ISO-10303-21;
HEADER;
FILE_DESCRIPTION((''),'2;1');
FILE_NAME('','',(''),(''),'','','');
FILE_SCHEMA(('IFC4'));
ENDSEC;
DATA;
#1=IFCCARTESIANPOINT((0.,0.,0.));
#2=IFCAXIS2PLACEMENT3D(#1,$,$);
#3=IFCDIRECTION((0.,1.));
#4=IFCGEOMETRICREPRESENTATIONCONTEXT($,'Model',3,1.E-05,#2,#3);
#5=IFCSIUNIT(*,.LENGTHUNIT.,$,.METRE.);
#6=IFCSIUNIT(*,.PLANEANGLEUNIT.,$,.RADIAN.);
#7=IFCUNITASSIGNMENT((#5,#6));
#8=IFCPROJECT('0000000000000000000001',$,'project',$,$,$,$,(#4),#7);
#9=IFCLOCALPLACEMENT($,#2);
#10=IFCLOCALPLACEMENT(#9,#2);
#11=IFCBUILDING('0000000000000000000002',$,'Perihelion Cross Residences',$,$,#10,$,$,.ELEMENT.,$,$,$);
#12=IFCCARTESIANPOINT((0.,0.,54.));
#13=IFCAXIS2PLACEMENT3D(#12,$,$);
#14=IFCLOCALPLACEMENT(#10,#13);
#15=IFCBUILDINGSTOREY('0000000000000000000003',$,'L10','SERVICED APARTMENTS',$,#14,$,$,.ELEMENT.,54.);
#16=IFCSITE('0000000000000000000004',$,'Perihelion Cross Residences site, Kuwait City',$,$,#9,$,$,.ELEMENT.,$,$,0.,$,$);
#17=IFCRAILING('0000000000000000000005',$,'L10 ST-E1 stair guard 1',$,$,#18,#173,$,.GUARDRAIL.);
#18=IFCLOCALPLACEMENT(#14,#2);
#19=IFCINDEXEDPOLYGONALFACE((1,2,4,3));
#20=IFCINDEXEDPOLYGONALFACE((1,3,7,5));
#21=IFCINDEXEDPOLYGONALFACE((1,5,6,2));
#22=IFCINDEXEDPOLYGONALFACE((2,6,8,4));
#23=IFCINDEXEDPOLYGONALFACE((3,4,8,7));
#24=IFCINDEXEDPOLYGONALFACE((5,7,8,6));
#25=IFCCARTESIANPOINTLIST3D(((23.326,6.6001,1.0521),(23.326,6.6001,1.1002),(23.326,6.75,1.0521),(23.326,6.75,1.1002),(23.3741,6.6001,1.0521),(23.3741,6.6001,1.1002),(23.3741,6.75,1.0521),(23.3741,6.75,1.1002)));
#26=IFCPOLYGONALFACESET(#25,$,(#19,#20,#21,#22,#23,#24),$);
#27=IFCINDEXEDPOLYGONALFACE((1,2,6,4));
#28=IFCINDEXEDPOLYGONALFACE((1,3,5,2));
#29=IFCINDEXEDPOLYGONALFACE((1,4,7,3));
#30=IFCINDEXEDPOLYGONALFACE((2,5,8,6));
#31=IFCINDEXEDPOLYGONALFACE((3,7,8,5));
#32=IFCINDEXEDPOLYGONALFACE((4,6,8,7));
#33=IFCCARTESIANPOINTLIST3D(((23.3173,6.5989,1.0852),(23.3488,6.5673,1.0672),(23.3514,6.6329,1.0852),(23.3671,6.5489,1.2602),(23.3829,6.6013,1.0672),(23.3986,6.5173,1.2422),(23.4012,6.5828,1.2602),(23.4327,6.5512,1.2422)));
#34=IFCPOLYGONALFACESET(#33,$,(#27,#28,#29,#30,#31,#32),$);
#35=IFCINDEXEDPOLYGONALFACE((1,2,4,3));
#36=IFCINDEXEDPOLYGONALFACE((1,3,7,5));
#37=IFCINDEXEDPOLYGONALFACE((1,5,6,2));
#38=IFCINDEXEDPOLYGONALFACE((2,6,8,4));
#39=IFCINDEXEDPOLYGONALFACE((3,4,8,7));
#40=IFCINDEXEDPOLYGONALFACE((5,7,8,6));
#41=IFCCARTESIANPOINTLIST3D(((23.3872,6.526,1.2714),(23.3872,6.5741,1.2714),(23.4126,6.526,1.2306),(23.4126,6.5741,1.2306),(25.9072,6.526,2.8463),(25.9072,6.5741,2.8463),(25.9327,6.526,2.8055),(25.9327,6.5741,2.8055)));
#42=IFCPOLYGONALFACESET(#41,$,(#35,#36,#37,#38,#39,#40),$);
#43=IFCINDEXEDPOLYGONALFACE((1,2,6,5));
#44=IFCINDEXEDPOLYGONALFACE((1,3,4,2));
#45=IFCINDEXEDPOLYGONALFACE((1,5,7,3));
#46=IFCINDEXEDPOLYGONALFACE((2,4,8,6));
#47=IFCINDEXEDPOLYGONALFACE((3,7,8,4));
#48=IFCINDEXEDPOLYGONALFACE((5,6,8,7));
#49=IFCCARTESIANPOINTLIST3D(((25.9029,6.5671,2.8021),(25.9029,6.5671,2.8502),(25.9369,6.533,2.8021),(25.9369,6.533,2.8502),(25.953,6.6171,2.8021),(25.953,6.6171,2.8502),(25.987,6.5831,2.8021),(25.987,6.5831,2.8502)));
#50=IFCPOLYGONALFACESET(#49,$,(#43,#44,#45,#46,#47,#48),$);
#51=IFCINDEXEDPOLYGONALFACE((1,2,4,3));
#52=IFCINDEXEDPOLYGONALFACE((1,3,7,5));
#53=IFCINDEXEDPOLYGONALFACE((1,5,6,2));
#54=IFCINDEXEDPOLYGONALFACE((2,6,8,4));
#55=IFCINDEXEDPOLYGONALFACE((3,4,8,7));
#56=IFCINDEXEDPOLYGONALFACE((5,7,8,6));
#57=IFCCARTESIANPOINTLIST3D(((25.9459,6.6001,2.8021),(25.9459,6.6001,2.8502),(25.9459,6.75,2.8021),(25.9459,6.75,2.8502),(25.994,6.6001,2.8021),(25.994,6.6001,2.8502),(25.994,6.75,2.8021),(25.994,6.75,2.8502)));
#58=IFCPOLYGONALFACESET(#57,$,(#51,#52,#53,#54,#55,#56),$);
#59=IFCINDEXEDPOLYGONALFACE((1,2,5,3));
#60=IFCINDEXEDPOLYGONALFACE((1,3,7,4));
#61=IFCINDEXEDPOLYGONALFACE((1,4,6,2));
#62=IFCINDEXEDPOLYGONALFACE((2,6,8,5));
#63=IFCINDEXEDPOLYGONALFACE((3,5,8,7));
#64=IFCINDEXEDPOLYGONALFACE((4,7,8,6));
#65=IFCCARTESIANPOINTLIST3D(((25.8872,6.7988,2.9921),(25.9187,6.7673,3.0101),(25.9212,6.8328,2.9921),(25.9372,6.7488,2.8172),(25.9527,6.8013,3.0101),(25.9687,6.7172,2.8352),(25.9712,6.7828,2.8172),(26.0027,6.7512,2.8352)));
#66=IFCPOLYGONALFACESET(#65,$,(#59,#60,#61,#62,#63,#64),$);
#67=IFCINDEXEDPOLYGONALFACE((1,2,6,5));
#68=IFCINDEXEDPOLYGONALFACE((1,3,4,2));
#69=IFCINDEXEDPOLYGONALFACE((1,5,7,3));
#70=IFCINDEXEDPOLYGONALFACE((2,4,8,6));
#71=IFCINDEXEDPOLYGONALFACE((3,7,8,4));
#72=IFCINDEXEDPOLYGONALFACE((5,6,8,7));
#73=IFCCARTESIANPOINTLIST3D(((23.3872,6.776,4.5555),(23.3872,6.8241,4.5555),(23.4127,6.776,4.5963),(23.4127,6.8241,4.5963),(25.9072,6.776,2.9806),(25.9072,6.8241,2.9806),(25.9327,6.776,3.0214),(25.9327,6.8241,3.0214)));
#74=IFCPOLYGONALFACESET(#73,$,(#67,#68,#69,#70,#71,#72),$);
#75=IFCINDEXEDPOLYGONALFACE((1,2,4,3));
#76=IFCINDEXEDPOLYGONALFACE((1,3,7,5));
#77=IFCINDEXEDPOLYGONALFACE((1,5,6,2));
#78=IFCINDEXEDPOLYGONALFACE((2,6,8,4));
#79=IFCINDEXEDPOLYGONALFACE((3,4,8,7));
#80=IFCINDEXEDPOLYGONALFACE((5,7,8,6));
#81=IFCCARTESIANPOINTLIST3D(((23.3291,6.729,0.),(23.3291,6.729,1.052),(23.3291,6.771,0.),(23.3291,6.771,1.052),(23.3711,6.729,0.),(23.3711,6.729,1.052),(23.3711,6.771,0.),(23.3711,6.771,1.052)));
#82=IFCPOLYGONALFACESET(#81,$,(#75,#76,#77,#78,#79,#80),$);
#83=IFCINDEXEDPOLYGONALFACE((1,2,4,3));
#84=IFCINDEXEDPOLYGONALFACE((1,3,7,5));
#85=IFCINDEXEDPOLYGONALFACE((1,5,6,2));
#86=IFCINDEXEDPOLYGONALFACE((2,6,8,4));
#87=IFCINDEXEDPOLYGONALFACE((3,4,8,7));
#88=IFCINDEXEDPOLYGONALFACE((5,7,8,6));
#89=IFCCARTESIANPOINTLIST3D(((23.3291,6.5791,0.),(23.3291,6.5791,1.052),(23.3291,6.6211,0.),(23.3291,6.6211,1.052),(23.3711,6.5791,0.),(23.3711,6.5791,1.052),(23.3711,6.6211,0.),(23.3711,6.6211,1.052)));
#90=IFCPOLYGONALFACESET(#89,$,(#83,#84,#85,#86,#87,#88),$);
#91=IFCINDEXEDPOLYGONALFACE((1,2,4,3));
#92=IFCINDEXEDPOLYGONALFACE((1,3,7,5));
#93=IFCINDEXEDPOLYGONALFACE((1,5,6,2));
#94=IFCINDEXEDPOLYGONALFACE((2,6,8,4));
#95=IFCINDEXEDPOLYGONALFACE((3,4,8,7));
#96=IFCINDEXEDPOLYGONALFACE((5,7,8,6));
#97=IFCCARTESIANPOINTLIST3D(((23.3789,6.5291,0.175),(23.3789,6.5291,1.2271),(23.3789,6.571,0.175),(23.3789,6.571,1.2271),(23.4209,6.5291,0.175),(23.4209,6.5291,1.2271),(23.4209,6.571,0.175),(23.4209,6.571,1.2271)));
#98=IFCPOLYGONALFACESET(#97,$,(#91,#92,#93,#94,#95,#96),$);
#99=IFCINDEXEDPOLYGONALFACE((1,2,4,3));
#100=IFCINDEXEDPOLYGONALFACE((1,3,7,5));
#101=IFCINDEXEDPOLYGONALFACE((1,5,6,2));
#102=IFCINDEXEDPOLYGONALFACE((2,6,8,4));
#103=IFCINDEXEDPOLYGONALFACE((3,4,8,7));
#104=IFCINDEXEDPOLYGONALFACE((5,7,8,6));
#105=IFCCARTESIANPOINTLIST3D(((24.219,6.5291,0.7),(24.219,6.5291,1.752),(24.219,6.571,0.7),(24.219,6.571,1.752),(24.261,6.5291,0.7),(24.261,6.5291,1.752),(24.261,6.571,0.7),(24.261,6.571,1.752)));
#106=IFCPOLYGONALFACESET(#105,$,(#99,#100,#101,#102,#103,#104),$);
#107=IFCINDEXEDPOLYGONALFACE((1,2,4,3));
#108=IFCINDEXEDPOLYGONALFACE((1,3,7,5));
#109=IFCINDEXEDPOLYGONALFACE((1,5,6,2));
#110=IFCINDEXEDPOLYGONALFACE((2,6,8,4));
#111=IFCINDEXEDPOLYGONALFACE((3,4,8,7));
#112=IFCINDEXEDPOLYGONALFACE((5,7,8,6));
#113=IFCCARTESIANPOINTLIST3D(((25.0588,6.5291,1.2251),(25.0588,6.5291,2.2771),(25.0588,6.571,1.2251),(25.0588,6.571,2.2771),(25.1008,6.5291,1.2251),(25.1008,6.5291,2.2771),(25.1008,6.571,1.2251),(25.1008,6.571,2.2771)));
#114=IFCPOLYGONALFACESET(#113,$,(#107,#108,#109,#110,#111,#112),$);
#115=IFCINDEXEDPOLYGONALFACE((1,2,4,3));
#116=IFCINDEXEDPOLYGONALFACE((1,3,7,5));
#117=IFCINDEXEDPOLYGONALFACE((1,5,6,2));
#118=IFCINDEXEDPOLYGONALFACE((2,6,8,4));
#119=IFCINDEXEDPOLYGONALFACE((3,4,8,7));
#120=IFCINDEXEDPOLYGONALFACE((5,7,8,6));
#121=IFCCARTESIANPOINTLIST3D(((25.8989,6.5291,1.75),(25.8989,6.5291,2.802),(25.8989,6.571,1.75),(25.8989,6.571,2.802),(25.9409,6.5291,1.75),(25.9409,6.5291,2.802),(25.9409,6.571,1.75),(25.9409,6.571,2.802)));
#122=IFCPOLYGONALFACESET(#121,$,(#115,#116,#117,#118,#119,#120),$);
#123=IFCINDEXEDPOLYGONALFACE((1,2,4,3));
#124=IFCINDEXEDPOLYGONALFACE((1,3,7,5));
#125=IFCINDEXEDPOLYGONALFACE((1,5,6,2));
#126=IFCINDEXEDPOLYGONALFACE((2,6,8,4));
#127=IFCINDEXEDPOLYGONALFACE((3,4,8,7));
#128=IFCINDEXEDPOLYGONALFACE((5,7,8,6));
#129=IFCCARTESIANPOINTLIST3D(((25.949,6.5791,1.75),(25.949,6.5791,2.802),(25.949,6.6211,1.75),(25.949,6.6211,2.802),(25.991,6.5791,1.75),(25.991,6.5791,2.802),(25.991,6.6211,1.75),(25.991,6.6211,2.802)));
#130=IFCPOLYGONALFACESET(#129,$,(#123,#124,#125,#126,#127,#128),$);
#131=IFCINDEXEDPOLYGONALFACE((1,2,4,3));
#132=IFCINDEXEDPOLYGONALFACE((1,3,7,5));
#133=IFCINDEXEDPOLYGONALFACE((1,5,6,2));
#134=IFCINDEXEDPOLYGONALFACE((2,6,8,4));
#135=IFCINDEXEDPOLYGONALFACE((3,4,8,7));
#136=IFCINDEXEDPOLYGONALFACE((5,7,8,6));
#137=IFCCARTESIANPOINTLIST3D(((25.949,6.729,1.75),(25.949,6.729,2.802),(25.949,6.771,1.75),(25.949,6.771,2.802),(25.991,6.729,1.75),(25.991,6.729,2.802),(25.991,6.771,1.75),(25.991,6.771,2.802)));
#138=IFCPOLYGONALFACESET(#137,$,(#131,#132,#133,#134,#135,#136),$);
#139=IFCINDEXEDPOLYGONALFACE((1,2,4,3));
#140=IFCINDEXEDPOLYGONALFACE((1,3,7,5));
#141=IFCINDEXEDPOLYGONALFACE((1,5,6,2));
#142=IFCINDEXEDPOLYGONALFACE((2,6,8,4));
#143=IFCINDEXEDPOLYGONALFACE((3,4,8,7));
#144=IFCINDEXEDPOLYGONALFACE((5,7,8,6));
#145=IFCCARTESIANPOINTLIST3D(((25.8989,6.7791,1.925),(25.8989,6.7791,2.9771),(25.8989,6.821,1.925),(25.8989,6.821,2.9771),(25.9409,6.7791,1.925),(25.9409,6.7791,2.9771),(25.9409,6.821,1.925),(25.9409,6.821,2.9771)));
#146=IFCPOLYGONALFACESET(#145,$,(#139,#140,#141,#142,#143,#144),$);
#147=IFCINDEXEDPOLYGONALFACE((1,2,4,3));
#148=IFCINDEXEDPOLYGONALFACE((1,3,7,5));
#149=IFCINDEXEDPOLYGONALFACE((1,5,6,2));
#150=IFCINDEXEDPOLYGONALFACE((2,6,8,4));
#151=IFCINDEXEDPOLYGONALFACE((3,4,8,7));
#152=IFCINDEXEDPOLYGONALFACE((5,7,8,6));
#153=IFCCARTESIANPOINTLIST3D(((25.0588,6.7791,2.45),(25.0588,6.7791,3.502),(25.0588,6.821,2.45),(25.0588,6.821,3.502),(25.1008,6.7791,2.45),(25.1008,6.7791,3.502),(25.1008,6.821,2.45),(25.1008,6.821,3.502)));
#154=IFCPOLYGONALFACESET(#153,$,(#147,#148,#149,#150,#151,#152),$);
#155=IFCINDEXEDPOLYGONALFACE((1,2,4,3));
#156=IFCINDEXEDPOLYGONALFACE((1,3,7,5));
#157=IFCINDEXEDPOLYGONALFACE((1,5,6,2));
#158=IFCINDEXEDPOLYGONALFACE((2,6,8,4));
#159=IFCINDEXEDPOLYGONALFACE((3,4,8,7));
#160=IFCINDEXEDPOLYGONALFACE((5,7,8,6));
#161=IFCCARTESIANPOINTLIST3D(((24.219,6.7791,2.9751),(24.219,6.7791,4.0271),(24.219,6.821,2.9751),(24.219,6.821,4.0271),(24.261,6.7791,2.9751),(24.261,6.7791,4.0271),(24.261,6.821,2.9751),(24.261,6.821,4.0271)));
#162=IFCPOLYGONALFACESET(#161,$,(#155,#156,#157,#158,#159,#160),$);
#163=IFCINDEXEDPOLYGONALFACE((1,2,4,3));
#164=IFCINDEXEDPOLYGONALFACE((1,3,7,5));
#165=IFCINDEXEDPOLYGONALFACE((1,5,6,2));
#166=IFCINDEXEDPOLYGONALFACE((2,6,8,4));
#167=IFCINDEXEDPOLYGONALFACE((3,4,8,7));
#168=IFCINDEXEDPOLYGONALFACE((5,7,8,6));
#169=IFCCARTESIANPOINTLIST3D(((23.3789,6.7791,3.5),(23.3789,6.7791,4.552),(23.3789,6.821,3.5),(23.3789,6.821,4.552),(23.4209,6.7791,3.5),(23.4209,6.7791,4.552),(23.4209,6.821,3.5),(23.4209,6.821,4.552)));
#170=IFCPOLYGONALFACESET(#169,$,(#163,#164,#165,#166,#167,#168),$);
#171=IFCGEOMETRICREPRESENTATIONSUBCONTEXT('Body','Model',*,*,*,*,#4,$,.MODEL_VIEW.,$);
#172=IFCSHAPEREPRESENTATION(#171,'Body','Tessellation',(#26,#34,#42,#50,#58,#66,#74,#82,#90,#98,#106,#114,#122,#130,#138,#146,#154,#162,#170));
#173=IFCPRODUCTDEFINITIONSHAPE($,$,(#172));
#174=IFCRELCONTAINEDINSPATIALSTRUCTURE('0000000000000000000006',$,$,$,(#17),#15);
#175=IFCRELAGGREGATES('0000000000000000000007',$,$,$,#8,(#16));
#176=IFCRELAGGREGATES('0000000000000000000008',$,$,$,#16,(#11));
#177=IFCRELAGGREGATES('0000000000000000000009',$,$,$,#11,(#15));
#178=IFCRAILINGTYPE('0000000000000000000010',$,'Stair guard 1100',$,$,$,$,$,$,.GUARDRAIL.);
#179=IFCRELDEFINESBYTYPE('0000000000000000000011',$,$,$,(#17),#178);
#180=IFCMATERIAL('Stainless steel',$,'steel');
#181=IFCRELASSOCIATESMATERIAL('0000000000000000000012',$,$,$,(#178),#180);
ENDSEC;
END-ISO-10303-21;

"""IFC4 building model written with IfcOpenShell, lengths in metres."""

from ifc_helpers import new_model, si_unit, direction, frame, origin, origin_2d, place, context, subcontext, project, spatial, rectangle, extrude, material, type_object, element, save


model = new_model("IFC4")

# Units and contexts
model_context = context("Model", 3, precision=1e-05, world=origin(), true_north=direction((0.0, 1.0)))
body_context = subcontext(model_context, "Body", "Model", "MODEL_VIEW")
ifc_project = project(units=[si_unit("LENGTHUNIT", "METRE"), si_unit("PLANEANGLEUNIT", "RADIAN")], contexts=[model_context])

# Site, building, storey
site_placement = place(None, origin())
site = spatial("IfcSite", under=ifc_project, at=site_placement, Name="Perihelion Cross Residences site, Kuwait City", CompositionType="ELEMENT", RefElevation=0.0)
building_placement = place(site_placement, origin())
building = spatial("IfcBuilding", under=site, at=building_placement, Name="Perihelion Cross Residences", CompositionType="ELEMENT")
storey_placement = place(building_placement, frame((0.0, 0.0, 54.0)))
storey = spatial("IfcBuildingStorey", under=building, at=storey_placement, Name="L10", Description="SERVICED APARTMENTS", CompositionType="ELEMENT", Elevation=54.0)

# Railing
ifc_material_1 = material(Name="Stainless steel", Category="steel")
railing_type_1 = type_object("IfcRailingType", Name="Stair guard 1100", PredefinedType="GUARDRAIL", material=ifc_material_1)
railing_1_placement = place(storey_placement, frame((23.3501, 6.75, 0.0)))
element("IfcRailing", 1, at=railing_1_placement, inside=storey, type_object=railing_type_1, Name="L10 ST-E1 stair guard 1", PredefinedType="GUARDRAIL", context=body_context, shape_type="SweptSolid", body=[
    extrude(rectangle(XDim=0.0481, YDim=0.0481, at=origin_2d()), frame((0.0, 0.0, 1.0762), z_axis=(0.0, -1.0, 0.0), x_axis=(1.0, 0.0, 0.0)), (0.0, 0.0, 1.0), 0.1499),
    extrude(rectangle(XDim=0.0481, YDim=0.0481, at=origin_2d()), frame((0.0, -0.1499, 1.0762), z_axis=(0.263862, -0.265156, 0.927399), x_axis=(0.708834, 0.705376, 0.0)), (0.0, 0.0, 1.0), 0.1887),
    extrude(rectangle(XDim=0.0481, YDim=0.0481, at=origin_2d()), frame((0.0498, -0.2, 1.251), z_axis=(0.848008, 0.0, 0.529984), x_axis=(0.0, 1.0, 0.0)), (0.0, 0.0, 1.0), 2.9717),
    extrude(rectangle(XDim=0.0481, YDim=0.0481, at=origin_2d()), frame((2.5698, -0.2, 2.8262), z_axis=(0.707107, 0.707107, 0.0), x_axis=(-0.707107, 0.707107, 0.0)), (0.0, 0.0, 1.0), 0.0708),
    extrude(rectangle(XDim=0.0481, YDim=0.0481, at=origin_2d()), frame((2.6199, -0.1499, 2.8262), z_axis=(0.0, 1.0, 0.0), x_axis=(-1.0, 0.0, 0.0)), (0.0, 0.0, 1.0), 0.1499),
    extrude(rectangle(XDim=0.0481, YDim=0.0481, at=origin_2d()), frame((2.6199, 0.0, 2.8262), z_axis=(-0.265065, 0.265065, 0.927082), x_axis=(-0.707107, -0.707107, 0.0)), (0.0, 0.0, 1.0), 0.1887),
    extrude(rectangle(XDim=0.0481, YDim=0.0481, at=origin_2d()), frame((2.5698, 0.05, 3.001), z_axis=(-0.848008, 0.0, 0.529984), x_axis=(0.0, -1.0, 0.0)), (0.0, 0.0, 1.0), 2.9717),
    extrude(rectangle(XDim=0.042, YDim=0.042, at=origin_2d()), origin(), (0.0, 0.0, 1.0), 1.052),
    extrude(rectangle(XDim=0.042, YDim=0.042, at=origin_2d()), frame((0.0, -0.1499, 0.0)), (0.0, 0.0, 1.0), 1.052),
    extrude(rectangle(XDim=0.042, YDim=0.042, at=origin_2d()), frame((0.0498, -0.2, 0.175)), (0.0, 0.0, 1.0), 1.052),
    extrude(rectangle(XDim=0.042, YDim=0.042, at=origin_2d()), frame((0.8899, -0.2, 0.7)), (0.0, 0.0, 1.0), 1.052),
    extrude(rectangle(XDim=0.042, YDim=0.042, at=origin_2d()), frame((1.7297, -0.2, 1.2251)), (0.0, 0.0, 1.0), 1.052),
    extrude(rectangle(XDim=0.042, YDim=0.042, at=origin_2d()), frame((2.5698, -0.2, 1.75)), (0.0, 0.0, 1.0), 1.052),
    extrude(rectangle(XDim=0.042, YDim=0.042, at=origin_2d()), frame((2.6199, -0.1499, 1.75)), (0.0, 0.0, 1.0), 1.052),
    extrude(rectangle(XDim=0.042, YDim=0.042, at=origin_2d()), frame((2.6199, 0.0, 1.75)), (0.0, 0.0, 1.0), 1.052),
    extrude(rectangle(XDim=0.042, YDim=0.042, at=origin_2d()), frame((2.5698, 0.05, 1.925)), (0.0, 0.0, 1.0), 1.052),
    extrude(rectangle(XDim=0.042, YDim=0.042, at=origin_2d()), frame((1.7297, 0.05, 2.45)), (0.0, 0.0, 1.0), 1.052),
    extrude(rectangle(XDim=0.042, YDim=0.042, at=origin_2d()), frame((0.8899, 0.05, 2.9751)), (0.0, 0.0, 1.0), 1.052),
    extrude(rectangle(XDim=0.042, YDim=0.042, at=origin_2d()), frame((0.0498, 0.05, 3.5)), (0.0, 0.0, 1.0), 1.052),
])

save(model, "model.ifc")
